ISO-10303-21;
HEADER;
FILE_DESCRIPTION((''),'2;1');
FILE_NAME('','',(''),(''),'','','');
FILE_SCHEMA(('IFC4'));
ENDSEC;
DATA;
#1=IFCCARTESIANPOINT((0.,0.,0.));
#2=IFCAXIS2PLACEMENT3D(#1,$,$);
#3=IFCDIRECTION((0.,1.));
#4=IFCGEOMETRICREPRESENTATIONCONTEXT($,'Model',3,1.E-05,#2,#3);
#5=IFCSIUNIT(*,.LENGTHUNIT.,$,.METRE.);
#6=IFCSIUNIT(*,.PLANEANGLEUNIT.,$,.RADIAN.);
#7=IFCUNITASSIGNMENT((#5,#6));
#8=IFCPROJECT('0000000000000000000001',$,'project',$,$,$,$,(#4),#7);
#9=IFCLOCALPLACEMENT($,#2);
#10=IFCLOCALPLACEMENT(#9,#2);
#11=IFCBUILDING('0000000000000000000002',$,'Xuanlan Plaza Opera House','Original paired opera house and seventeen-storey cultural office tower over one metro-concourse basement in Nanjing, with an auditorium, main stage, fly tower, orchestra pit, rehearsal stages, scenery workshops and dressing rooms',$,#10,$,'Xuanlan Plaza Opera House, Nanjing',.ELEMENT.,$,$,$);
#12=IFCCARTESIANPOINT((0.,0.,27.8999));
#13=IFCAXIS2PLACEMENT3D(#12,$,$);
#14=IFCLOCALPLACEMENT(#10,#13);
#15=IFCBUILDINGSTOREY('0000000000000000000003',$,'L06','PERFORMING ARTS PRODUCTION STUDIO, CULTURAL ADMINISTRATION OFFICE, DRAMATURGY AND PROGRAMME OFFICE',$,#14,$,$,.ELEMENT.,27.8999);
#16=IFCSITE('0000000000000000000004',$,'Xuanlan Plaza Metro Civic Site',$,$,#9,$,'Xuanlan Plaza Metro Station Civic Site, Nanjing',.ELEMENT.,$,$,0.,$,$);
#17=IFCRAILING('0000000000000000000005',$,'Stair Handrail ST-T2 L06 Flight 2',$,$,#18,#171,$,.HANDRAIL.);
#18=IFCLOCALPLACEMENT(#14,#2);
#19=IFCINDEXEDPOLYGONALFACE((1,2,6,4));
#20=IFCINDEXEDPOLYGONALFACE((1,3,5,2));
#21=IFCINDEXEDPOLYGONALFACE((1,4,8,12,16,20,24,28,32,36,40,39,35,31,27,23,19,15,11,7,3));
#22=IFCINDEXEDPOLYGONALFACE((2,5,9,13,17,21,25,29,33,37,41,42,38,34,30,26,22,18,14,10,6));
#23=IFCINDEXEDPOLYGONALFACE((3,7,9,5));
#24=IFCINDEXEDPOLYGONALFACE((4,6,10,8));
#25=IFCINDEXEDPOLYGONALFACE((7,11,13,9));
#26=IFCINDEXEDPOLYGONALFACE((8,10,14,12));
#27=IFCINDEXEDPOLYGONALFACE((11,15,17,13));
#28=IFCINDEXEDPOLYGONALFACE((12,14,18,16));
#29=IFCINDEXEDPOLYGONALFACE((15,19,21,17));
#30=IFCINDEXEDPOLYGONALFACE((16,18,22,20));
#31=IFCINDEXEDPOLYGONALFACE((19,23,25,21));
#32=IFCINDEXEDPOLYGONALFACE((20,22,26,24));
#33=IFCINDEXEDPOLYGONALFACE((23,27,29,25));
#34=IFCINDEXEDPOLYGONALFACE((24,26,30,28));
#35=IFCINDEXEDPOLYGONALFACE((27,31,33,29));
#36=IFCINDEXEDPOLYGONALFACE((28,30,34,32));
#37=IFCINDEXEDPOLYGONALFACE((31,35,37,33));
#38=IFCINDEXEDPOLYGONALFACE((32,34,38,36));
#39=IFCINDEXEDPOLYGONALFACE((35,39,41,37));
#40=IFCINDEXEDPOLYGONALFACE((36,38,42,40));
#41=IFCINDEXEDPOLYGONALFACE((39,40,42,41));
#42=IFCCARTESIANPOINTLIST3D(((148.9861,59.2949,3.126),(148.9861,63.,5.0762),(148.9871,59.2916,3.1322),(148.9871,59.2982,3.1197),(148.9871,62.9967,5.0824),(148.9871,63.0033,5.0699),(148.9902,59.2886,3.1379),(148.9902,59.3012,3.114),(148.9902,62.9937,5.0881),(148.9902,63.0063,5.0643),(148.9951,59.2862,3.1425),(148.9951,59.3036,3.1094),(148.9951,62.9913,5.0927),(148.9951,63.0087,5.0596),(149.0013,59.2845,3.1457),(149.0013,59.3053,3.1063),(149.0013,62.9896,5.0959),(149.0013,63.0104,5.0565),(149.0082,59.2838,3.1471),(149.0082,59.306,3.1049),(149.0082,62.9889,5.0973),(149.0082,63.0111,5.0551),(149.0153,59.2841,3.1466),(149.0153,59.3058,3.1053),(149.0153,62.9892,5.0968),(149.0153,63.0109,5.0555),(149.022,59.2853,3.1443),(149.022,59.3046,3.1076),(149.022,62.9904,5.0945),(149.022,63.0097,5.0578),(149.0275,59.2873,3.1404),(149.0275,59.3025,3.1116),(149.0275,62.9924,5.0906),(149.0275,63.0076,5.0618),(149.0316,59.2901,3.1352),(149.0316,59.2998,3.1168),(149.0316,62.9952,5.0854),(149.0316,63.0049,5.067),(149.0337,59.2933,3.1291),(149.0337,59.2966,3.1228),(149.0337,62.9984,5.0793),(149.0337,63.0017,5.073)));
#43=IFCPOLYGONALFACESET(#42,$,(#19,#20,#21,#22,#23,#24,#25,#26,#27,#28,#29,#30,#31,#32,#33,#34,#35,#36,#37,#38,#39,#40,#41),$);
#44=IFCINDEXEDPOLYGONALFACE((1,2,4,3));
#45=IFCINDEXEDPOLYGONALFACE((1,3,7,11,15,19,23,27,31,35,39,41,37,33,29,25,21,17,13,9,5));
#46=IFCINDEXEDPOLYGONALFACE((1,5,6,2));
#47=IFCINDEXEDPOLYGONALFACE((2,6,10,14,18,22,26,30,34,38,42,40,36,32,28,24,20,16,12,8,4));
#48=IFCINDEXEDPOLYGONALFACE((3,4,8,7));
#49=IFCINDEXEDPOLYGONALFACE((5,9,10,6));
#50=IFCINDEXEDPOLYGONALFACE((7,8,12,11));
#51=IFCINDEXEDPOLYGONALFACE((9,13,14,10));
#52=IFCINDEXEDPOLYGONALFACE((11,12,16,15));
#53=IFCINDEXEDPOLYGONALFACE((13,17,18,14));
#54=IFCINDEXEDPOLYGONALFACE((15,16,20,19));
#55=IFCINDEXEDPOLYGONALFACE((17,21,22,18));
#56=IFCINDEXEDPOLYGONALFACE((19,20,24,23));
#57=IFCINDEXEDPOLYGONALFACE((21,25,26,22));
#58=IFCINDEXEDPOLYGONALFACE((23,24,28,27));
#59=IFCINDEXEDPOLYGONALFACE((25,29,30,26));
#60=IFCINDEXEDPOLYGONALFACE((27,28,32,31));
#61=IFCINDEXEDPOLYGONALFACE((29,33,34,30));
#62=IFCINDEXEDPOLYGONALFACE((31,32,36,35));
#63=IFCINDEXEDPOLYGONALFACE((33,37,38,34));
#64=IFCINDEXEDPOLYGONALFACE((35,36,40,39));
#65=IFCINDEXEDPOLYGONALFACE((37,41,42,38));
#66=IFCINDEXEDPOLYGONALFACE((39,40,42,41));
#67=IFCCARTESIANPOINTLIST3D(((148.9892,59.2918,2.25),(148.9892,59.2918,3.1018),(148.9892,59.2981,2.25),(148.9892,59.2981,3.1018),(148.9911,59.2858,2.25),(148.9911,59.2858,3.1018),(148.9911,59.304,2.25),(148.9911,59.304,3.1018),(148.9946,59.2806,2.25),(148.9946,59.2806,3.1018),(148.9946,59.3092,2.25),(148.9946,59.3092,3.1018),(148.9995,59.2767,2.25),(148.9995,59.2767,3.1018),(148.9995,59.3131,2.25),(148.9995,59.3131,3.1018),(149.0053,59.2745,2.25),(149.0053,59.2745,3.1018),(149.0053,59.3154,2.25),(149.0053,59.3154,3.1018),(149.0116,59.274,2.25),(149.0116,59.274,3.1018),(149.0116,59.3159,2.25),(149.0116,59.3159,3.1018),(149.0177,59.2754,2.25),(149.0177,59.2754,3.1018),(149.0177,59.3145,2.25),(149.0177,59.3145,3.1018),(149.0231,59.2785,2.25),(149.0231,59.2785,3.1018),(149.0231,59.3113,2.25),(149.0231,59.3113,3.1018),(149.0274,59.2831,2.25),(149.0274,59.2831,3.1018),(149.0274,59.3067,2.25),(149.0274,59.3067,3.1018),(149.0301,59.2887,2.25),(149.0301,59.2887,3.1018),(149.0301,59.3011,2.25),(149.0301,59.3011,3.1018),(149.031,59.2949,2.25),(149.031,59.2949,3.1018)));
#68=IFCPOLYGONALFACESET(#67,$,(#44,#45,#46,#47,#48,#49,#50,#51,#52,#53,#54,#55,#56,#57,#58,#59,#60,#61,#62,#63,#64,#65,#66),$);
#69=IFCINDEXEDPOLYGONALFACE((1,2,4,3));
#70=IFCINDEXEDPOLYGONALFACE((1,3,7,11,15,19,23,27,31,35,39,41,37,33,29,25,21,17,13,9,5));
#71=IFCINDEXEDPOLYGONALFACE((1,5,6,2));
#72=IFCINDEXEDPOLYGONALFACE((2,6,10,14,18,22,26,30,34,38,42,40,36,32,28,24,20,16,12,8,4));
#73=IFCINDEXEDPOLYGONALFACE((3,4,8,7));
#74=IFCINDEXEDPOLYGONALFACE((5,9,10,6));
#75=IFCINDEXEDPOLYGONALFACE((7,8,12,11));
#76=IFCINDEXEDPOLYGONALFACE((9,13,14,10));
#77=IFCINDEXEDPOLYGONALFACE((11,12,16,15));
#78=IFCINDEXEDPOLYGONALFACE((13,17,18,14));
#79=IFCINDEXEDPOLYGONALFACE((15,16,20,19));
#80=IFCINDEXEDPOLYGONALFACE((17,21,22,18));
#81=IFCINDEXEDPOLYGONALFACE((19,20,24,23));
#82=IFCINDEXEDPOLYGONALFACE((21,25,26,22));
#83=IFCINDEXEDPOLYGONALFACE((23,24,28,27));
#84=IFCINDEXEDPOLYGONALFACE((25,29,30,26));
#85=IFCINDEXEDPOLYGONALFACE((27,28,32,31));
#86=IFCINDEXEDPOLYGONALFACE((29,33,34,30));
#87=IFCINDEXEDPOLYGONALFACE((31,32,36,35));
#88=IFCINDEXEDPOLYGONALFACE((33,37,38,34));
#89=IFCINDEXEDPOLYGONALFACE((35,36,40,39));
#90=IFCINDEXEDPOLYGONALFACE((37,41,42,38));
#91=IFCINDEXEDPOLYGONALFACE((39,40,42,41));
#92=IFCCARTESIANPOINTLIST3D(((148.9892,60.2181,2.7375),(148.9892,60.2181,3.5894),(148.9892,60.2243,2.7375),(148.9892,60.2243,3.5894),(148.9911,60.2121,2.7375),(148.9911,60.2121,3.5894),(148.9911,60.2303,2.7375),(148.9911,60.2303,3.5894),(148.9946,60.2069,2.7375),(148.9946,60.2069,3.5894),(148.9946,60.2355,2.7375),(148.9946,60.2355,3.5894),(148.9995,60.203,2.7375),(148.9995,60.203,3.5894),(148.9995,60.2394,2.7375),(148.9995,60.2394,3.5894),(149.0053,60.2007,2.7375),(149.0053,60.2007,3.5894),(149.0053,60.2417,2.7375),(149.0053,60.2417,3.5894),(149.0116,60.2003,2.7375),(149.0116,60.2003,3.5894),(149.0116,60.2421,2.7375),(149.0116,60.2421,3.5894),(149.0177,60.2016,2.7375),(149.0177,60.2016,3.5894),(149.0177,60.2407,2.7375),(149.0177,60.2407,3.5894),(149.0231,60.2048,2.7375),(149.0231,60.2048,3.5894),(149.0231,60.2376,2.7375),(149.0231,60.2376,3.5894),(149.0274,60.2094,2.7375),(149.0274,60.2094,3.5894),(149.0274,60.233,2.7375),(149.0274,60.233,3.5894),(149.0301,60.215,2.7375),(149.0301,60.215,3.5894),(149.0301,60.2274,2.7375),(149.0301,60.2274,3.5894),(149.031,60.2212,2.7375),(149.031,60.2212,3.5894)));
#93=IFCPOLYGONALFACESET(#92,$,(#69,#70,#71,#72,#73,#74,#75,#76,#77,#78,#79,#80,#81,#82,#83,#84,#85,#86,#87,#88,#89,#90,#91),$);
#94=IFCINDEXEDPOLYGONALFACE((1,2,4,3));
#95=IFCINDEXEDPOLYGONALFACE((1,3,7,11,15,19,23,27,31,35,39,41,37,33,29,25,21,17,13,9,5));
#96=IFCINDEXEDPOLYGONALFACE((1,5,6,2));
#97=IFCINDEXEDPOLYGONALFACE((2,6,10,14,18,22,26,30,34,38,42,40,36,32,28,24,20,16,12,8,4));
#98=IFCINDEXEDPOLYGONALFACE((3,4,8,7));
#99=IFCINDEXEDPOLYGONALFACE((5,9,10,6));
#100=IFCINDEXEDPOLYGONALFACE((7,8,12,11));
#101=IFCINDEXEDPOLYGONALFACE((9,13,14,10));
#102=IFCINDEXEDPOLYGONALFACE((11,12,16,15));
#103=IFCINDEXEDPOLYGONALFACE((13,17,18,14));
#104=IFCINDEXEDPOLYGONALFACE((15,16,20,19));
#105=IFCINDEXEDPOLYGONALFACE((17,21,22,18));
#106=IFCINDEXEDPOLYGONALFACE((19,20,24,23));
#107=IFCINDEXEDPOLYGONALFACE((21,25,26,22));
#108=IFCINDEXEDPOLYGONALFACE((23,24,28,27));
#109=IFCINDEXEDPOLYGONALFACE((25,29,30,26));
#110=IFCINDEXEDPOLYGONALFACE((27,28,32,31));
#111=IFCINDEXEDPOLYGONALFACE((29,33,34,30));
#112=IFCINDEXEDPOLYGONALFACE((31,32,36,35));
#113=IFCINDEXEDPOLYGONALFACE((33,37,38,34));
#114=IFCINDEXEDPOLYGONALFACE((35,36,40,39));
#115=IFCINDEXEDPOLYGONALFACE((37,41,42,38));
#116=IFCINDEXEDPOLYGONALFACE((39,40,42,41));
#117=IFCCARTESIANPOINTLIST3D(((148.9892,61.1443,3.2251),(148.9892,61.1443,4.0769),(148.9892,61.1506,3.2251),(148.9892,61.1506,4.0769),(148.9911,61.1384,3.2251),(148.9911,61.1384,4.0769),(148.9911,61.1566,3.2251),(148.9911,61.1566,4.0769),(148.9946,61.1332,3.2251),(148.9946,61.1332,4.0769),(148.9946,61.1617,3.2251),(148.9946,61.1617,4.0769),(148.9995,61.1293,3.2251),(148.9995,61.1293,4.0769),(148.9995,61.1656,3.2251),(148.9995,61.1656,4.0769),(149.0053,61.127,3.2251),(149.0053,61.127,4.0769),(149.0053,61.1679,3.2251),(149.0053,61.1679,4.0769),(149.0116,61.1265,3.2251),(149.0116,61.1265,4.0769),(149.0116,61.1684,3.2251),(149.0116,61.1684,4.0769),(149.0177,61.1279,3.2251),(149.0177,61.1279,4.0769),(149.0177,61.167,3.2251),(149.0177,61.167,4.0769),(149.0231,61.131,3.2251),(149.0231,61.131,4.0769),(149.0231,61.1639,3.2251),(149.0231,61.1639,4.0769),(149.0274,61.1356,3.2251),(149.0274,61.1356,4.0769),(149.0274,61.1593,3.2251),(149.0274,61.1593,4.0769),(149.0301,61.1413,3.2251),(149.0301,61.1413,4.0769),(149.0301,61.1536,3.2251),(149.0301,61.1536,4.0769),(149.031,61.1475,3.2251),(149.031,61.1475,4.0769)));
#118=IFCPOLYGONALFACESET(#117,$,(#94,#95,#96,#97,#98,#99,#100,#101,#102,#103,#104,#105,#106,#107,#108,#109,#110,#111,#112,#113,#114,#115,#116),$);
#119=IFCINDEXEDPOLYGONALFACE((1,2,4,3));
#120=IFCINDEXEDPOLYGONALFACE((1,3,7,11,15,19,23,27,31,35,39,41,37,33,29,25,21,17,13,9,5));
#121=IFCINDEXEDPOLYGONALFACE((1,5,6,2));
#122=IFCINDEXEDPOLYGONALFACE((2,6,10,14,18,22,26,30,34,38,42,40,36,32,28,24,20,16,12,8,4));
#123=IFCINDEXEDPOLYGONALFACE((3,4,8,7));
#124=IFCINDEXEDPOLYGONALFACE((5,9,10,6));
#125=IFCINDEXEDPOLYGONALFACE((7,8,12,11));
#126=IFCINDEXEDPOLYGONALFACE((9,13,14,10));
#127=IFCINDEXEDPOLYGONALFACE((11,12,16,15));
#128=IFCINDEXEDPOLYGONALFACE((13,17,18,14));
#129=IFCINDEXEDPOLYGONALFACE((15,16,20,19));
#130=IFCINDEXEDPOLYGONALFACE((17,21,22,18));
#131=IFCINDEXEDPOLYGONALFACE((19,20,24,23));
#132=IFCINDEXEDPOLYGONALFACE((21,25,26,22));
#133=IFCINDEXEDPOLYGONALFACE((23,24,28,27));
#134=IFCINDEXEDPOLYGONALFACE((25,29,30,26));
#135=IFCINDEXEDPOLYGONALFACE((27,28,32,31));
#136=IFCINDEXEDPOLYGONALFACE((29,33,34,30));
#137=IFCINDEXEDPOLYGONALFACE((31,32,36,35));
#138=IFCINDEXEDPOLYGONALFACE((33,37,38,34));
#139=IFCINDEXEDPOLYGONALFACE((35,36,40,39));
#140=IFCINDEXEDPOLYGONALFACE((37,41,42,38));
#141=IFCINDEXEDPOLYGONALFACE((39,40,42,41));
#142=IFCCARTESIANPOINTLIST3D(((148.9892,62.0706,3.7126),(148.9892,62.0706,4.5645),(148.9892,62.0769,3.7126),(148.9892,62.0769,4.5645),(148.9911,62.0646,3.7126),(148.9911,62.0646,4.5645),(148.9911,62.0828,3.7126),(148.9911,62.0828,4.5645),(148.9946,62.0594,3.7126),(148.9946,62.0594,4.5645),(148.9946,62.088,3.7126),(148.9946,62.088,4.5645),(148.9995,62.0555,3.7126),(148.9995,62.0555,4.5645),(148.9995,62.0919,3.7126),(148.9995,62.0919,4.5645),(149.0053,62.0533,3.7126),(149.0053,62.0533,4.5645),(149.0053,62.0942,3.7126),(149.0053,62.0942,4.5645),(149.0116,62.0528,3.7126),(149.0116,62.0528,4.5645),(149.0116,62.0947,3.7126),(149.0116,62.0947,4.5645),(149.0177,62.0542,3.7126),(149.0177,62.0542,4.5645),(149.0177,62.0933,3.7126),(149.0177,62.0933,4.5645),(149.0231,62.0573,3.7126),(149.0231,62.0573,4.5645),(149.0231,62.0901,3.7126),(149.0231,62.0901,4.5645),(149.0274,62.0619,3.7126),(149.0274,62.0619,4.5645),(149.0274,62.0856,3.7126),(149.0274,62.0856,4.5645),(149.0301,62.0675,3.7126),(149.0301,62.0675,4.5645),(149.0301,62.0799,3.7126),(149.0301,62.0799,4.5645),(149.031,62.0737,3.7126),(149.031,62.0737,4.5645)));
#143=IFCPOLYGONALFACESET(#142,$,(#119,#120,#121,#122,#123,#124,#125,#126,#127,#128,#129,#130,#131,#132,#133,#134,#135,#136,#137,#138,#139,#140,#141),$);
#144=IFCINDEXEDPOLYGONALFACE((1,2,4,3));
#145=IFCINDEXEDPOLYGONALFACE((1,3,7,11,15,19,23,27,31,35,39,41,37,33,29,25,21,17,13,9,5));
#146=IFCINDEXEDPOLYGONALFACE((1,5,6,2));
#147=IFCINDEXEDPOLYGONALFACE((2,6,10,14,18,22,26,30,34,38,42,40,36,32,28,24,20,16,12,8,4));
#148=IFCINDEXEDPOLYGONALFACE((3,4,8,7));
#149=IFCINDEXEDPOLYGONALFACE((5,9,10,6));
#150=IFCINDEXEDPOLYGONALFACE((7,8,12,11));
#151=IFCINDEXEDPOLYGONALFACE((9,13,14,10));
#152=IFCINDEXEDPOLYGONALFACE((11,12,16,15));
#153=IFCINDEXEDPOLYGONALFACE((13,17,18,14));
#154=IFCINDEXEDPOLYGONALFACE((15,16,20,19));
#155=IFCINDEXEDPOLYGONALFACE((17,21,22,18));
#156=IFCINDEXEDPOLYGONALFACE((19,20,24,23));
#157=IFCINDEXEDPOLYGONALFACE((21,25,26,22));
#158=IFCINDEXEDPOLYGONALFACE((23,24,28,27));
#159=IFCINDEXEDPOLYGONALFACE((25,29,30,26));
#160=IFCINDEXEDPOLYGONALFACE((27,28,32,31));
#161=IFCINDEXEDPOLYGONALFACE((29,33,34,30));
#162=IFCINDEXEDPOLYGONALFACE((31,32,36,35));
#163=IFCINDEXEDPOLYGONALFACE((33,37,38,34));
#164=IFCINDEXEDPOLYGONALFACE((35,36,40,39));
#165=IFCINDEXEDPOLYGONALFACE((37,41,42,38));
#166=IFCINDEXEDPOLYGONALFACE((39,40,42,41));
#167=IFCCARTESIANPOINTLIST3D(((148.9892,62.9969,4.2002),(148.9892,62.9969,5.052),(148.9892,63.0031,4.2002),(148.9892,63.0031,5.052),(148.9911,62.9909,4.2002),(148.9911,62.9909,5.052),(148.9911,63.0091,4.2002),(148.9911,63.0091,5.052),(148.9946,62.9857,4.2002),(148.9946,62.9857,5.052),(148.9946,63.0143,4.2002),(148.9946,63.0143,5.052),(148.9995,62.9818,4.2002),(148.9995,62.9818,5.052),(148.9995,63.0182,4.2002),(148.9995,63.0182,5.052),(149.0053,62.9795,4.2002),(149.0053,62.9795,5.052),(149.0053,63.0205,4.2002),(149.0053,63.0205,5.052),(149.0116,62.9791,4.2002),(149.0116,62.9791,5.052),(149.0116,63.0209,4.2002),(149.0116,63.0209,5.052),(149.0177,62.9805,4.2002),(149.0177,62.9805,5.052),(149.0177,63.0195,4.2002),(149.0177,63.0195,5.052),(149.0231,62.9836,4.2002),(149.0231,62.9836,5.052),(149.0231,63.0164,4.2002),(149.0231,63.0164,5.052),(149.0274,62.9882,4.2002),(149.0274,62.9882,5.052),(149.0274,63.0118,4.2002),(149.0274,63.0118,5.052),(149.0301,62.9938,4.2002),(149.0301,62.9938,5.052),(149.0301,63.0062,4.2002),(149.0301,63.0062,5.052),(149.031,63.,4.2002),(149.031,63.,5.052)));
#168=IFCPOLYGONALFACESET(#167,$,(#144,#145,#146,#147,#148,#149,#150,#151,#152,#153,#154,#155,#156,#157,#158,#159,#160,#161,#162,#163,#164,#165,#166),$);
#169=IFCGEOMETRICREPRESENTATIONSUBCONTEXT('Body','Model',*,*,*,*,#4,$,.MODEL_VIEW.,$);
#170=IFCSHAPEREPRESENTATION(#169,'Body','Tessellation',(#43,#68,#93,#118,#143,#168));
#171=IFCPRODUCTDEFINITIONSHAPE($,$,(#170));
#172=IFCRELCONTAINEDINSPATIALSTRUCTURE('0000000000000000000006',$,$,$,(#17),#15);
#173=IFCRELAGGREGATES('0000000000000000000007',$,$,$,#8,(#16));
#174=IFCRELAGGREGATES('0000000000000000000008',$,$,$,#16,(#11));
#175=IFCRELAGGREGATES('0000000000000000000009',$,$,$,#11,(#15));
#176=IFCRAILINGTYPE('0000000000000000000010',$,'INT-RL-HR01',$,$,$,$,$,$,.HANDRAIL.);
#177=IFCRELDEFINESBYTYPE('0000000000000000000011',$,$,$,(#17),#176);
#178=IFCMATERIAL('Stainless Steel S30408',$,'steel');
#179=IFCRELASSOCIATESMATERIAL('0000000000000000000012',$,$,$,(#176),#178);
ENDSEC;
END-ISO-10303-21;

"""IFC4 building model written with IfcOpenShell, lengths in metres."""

from ifc_helpers import new_model, si_unit, direction, frame, origin, origin_2d, place, context, subcontext, project, spatial, circle, extrude, material, type_object, element, save


model = new_model("IFC4")

# Units and contexts
model_context = context("Model", 3, precision=1e-05, world=origin(), true_north=direction((0.0, 1.0)))
body_context = subcontext(model_context, "Body", "Model", "MODEL_VIEW")
ifc_project = project(units=[si_unit("LENGTHUNIT", "METRE"), si_unit("PLANEANGLEUNIT", "RADIAN")], contexts=[model_context])

# Site, building, storey
site_placement = place(None, origin())
site = spatial("IfcSite", under=ifc_project, at=site_placement, Name="Xuanlan Plaza Metro Civic Site", LongName="Xuanlan Plaza Metro Station Civic Site, Nanjing", CompositionType="ELEMENT", RefElevation=0.0)
building_placement = place(site_placement, origin())
building = spatial("IfcBuilding", under=site, at=building_placement, Name="Xuanlan Plaza Opera House", Description="Original paired opera house and seventeen-storey cultural office tower over one metro-concourse basement in Nanjing, with an auditorium, main stage, fly tower, orchestra pit, rehearsal stages, scenery workshops and dressing rooms", LongName="Xuanlan Plaza Opera House, Nanjing", CompositionType="ELEMENT")
storey_placement = place(building_placement, frame((0.0, 0.0, 27.8999)))
storey = spatial("IfcBuildingStorey", under=building, at=storey_placement, Name="L06", Description="PERFORMING ARTS PRODUCTION STUDIO, CULTURAL ADMINISTRATION OFFICE, DRAMATURGY AND PROGRAMME OFFICE", CompositionType="ELEMENT", Elevation=27.8999)

# Shared definitions
ifc_material_1 = material(Name="Stainless Steel S30408", Category="steel")

# Railing
railing_type = type_object("IfcRailingType", Name="INT-RL-HR01", PredefinedType="HANDRAIL", material=ifc_material_1)
for number, where, name in (
    (1, (149.01, 59.2949, 2.25), "Stair Handrail ST-T2 L06 Flight 2"),
):
    element("IfcRailing", number, at=place(storey_placement, frame(where)), inside=storey, type_object=railing_type, Name=name, PredefinedType="HANDRAIL", context=body_context, shape_type="SweptSolid", body=[
        extrude(circle(Radius=0.0239, at=origin_2d()), frame((0.0, 0.0, 0.876), z_axis=(0.0, 0.884903, 0.465775), x_axis=(-1.0, 0.0, 0.0)), (0.0, 0.0, 1.0), 4.187),
        extrude(circle(Radius=0.021, at=origin_2d()), origin(), (0.0, 0.0, 1.0), 0.8518),
        extrude(circle(Radius=0.021, at=origin_2d()), frame((0.0, 0.9263, 0.4875)), (0.0, 0.0, 1.0), 0.8518),
        extrude(circle(Radius=0.021, at=origin_2d()), frame((0.0, 1.8525, 0.9751)), (0.0, 0.0, 1.0), 0.8518),
        extrude(circle(Radius=0.021, at=origin_2d()), frame((0.0, 2.7788, 1.4626)), (0.0, 0.0, 1.0), 0.8518),
        extrude(circle(Radius=0.021, at=origin_2d()), frame((0.0, 3.7051, 1.9502)), (0.0, 0.0, 1.0), 0.8518),
    ])

save(model, "model.ifc")
